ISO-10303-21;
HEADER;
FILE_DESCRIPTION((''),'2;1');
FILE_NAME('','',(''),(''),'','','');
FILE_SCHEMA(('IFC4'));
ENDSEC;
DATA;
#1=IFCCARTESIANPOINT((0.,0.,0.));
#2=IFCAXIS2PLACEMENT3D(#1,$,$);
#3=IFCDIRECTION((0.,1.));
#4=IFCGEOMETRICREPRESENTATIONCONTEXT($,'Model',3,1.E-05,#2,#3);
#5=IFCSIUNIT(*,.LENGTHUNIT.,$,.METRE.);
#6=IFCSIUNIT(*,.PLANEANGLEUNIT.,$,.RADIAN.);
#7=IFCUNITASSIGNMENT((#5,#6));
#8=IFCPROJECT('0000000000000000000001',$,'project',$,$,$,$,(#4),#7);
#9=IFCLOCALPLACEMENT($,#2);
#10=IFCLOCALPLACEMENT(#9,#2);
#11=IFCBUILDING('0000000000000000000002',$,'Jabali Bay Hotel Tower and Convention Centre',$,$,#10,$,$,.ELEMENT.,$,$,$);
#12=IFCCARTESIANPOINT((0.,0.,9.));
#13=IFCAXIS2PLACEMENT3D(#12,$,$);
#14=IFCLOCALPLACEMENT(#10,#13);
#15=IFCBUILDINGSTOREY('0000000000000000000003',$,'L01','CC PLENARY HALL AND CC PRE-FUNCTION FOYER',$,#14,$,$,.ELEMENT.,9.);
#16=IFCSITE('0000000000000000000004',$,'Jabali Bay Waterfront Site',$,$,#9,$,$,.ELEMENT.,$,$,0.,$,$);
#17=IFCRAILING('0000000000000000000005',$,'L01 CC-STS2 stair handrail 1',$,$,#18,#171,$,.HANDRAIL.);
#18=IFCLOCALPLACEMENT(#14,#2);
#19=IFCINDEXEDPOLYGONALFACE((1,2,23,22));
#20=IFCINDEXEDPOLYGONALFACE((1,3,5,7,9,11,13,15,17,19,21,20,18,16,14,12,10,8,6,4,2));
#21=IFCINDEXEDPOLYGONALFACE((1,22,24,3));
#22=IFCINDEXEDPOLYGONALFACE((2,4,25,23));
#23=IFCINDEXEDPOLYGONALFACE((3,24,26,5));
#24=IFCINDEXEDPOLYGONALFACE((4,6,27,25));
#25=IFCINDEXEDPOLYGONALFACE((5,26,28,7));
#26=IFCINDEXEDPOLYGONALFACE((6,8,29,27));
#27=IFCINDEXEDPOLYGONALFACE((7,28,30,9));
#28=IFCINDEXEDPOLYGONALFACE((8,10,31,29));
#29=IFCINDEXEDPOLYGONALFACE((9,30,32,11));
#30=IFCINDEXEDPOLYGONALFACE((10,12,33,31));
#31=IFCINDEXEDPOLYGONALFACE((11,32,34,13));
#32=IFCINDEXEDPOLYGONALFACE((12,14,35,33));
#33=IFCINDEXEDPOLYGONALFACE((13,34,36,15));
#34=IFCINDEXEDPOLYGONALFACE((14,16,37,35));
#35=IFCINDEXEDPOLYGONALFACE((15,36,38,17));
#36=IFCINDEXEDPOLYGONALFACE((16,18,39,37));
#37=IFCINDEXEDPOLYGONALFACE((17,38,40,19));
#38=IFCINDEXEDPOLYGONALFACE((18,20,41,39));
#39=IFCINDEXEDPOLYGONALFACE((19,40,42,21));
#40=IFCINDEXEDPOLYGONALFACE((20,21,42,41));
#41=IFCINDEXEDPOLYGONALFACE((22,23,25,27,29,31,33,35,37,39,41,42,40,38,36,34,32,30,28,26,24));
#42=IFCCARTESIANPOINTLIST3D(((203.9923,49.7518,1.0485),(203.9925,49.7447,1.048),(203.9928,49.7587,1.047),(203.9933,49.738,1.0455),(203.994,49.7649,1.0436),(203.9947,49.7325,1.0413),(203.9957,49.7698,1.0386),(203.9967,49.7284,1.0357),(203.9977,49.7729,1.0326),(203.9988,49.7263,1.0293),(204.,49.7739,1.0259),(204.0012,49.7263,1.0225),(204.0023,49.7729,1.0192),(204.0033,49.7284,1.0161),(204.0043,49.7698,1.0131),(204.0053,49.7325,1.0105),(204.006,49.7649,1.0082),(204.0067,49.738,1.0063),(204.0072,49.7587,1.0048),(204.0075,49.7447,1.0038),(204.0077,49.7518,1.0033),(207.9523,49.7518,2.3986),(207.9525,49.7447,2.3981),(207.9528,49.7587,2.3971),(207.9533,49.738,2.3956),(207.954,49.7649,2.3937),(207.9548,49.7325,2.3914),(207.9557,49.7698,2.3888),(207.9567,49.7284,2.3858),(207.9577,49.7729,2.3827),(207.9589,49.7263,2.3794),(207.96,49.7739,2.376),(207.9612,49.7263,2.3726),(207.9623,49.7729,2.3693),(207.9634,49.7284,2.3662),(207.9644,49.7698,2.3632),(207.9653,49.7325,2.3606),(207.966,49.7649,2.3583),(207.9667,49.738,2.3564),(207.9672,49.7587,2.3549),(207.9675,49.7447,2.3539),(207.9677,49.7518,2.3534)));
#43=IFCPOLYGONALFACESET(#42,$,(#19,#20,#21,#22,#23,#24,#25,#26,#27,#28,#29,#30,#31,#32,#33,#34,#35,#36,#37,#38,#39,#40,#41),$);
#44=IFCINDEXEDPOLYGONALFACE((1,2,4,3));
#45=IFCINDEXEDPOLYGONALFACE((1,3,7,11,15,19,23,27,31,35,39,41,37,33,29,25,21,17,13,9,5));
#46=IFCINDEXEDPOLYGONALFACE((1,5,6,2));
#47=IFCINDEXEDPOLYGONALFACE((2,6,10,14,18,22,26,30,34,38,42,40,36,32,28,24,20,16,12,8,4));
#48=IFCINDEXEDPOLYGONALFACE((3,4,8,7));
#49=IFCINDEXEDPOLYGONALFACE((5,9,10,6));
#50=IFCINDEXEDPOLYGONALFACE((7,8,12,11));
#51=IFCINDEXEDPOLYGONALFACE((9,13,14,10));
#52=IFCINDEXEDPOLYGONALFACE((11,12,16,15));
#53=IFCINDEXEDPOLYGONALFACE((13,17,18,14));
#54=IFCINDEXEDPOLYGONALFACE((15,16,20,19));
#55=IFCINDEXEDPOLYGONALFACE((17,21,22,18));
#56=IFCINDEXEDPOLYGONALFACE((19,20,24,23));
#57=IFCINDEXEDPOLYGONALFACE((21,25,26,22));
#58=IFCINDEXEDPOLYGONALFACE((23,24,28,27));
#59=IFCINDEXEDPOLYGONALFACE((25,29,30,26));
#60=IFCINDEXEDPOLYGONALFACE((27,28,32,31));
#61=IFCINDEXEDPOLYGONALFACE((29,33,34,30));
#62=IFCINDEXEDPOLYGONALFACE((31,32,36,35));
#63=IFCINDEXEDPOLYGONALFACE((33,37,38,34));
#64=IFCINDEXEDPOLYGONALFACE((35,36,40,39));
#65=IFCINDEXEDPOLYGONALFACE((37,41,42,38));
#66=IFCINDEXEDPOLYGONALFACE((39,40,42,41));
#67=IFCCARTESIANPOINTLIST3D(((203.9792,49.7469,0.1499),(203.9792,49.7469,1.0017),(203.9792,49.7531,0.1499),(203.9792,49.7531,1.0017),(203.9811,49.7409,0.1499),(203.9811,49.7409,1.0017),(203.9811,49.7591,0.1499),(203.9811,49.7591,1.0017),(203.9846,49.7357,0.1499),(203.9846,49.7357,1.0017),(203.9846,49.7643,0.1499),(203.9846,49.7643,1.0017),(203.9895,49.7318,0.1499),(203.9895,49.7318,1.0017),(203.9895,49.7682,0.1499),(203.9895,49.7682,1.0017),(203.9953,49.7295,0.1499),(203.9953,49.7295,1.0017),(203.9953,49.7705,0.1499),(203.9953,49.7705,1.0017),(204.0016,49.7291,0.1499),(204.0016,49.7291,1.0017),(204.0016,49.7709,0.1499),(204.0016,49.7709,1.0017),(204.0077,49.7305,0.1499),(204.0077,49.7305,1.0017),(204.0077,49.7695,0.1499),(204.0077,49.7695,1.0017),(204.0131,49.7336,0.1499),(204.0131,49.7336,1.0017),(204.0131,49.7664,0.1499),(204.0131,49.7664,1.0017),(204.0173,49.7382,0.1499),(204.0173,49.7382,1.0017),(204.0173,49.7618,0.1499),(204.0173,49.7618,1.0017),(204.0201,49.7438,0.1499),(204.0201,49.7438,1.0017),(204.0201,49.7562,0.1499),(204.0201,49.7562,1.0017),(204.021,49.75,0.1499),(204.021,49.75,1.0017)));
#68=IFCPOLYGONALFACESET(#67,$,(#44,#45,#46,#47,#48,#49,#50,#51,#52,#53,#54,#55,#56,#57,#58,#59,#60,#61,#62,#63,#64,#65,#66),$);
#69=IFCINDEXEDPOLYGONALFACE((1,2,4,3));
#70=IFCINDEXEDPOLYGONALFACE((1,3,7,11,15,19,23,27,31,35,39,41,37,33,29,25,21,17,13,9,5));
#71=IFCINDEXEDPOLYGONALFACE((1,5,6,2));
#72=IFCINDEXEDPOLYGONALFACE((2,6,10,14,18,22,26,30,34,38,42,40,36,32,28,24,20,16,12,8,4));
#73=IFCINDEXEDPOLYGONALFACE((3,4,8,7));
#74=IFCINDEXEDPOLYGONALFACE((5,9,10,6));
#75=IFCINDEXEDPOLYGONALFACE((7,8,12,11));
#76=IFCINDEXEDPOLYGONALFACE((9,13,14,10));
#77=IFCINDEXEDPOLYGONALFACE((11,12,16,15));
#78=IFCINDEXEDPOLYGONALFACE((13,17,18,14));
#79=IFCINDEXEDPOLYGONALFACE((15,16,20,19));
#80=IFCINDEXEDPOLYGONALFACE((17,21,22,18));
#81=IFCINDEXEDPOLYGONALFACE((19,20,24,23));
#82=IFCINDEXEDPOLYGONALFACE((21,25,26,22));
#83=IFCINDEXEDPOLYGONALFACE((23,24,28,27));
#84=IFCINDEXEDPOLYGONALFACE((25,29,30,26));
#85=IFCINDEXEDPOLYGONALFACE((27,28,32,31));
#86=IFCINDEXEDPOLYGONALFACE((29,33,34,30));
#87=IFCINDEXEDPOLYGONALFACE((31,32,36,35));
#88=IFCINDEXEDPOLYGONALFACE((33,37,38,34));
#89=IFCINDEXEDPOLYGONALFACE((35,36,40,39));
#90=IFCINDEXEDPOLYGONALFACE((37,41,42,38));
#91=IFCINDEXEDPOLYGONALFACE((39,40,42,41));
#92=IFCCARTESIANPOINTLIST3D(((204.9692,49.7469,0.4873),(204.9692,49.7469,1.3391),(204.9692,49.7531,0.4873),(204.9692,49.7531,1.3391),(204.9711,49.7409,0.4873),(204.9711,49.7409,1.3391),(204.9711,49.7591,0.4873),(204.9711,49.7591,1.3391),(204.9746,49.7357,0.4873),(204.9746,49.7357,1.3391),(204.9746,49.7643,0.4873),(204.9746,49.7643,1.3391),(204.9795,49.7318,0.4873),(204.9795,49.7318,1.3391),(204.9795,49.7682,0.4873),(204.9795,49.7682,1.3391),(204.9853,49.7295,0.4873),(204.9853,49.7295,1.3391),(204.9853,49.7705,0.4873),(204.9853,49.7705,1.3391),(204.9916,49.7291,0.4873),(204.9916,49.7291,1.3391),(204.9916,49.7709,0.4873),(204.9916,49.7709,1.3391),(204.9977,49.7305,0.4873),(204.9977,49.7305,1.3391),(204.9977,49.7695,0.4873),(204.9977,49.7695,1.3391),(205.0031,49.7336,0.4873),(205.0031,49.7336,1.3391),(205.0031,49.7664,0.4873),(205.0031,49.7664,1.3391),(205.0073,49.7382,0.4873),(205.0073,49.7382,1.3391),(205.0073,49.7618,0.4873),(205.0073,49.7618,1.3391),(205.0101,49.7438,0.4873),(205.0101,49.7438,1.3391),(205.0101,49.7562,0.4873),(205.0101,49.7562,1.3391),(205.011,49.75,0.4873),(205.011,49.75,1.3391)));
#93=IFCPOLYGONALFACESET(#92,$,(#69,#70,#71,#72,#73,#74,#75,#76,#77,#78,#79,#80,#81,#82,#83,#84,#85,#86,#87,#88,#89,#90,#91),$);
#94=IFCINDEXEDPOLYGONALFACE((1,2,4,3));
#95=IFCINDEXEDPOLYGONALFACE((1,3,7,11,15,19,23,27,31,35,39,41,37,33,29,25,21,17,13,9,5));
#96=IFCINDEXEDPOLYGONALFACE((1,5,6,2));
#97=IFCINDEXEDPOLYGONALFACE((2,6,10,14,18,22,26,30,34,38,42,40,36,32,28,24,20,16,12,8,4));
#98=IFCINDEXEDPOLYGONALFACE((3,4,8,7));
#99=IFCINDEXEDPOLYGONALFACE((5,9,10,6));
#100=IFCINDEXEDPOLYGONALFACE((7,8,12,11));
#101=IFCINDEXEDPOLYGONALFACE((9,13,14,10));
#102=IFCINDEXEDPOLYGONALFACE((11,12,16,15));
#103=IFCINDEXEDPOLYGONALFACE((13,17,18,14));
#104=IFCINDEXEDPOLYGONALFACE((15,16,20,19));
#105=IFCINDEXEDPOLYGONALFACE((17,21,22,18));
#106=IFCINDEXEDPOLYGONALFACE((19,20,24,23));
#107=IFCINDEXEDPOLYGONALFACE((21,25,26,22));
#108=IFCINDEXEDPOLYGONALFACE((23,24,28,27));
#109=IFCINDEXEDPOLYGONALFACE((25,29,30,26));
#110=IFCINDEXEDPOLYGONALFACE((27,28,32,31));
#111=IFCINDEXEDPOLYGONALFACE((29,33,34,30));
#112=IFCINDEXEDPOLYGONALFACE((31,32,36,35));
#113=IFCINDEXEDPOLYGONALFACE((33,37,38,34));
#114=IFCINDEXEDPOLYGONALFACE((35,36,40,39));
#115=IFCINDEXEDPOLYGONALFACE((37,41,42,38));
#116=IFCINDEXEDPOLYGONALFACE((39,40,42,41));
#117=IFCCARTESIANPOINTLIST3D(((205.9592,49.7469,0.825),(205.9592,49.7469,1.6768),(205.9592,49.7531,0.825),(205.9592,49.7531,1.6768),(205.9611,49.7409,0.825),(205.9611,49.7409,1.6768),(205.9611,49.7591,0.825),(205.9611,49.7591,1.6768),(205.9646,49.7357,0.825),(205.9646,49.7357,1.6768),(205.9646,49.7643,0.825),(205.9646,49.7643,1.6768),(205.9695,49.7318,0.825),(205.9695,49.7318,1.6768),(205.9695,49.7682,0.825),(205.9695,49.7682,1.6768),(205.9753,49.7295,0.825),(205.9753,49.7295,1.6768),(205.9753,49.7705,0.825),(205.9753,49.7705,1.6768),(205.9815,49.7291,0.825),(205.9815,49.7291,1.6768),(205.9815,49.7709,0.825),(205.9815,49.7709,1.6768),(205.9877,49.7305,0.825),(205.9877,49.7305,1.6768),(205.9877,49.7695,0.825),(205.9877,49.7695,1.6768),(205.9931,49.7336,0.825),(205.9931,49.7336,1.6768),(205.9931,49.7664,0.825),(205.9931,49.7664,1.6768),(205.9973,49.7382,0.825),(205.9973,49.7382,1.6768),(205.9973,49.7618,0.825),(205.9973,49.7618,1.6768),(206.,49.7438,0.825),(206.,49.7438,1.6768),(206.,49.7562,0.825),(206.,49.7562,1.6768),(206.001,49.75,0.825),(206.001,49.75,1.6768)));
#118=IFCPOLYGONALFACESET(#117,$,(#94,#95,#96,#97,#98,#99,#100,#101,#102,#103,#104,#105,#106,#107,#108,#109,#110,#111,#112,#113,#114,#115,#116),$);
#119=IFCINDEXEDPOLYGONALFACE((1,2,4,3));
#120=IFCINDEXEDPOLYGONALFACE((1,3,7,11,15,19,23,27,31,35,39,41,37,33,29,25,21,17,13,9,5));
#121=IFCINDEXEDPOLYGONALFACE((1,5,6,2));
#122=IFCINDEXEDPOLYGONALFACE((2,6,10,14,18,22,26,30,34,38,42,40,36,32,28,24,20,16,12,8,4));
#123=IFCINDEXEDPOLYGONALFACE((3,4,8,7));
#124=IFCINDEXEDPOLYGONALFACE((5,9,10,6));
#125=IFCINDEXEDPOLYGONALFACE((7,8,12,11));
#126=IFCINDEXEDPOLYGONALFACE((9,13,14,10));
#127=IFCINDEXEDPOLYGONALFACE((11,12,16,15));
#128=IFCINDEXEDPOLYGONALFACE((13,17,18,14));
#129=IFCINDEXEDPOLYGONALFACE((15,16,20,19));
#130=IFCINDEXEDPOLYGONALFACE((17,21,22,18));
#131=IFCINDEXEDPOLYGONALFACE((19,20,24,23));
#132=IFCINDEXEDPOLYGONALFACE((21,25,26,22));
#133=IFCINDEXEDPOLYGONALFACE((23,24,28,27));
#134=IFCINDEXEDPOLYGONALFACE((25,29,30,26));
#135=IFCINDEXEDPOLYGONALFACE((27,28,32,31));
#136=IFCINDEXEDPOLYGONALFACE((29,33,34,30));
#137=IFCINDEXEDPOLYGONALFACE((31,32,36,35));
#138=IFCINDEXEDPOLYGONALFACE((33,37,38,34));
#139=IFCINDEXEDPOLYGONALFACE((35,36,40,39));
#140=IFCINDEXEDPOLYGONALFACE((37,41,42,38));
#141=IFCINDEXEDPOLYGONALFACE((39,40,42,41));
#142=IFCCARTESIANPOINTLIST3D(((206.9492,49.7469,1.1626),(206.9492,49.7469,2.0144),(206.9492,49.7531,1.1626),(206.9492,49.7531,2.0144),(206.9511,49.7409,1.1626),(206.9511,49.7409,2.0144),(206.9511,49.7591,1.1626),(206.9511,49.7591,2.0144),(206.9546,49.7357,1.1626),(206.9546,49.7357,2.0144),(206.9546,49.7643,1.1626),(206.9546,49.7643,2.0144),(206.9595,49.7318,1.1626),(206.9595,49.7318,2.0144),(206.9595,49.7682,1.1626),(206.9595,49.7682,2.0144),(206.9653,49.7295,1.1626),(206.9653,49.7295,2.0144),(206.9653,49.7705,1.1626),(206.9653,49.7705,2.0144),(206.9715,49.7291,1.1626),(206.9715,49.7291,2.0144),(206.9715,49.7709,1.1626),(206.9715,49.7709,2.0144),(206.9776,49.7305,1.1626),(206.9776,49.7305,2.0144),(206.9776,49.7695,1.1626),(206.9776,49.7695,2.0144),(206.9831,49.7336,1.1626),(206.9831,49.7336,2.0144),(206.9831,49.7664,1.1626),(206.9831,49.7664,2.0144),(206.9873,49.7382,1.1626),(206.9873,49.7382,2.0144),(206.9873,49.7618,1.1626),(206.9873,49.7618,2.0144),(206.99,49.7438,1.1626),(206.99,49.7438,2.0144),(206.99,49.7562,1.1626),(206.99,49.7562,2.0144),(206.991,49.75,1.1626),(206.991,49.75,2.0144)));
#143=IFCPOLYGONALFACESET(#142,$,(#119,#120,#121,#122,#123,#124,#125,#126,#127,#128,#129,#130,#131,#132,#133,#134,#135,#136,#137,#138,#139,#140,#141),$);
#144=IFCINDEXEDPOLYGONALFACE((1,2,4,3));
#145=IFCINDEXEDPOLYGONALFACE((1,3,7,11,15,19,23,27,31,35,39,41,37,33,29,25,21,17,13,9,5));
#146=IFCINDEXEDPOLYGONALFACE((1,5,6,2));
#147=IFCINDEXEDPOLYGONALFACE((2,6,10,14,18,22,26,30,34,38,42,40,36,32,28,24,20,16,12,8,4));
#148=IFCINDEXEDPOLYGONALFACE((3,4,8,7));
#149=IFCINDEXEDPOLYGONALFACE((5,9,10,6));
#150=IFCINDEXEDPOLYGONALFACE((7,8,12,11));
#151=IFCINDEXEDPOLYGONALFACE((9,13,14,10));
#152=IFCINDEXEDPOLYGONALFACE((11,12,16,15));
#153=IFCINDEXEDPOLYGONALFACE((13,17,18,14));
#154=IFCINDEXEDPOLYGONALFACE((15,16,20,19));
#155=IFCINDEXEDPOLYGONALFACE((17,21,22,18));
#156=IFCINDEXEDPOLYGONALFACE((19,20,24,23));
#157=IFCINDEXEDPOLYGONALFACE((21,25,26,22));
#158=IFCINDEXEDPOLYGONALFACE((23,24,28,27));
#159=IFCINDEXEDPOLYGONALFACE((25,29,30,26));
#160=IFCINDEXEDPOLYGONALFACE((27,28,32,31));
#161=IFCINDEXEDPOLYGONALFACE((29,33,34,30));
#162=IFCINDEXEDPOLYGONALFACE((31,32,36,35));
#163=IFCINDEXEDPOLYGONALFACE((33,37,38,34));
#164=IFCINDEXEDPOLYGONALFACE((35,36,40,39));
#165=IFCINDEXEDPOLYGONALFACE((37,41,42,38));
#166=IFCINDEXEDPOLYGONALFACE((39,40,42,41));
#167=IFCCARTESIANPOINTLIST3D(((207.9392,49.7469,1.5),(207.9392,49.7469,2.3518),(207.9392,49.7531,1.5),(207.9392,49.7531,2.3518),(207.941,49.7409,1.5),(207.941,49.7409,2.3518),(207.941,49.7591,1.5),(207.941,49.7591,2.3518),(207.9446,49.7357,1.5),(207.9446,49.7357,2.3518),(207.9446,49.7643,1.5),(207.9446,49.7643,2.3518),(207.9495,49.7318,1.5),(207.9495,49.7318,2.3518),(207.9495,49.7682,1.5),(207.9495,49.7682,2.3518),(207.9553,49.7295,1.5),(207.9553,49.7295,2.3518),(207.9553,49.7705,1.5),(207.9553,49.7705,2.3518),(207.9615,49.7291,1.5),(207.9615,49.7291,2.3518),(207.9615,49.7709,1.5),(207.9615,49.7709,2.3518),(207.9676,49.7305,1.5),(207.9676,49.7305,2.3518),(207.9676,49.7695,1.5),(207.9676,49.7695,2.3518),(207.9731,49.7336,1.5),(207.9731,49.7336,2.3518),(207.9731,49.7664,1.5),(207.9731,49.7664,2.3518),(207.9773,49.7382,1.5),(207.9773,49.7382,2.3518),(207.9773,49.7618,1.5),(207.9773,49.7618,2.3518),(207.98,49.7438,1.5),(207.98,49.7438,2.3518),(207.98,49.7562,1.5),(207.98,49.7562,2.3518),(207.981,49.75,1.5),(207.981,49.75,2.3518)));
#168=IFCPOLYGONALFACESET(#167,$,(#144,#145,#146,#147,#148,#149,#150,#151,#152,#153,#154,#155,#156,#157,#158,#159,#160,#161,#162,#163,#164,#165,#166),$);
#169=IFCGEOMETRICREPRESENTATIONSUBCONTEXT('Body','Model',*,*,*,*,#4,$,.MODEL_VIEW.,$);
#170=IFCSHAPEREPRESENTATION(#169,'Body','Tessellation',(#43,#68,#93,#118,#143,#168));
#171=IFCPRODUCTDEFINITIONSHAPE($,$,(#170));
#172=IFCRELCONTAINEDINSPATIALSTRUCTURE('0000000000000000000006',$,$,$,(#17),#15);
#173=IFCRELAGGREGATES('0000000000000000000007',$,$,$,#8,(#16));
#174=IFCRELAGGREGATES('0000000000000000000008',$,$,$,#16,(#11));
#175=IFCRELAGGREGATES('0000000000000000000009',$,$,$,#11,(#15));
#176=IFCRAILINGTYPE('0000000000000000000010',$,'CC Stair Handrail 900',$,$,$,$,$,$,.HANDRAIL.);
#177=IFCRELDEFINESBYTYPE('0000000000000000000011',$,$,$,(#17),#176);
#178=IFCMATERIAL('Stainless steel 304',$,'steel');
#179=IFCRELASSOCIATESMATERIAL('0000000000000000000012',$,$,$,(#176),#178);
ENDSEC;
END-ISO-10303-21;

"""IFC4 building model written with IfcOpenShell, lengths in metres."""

from ifc_helpers import new_model, si_unit, direction, frame, origin, origin_2d, place, context, subcontext, project, spatial, circle, extrude, material, type_object, element, save


model = new_model("IFC4")

# Units and contexts
model_context = context("Model", 3, precision=1e-05, world=origin(), true_north=direction((0.0, 1.0)))
body_context = subcontext(model_context, "Body", "Model", "MODEL_VIEW")
ifc_project = project(units=[si_unit("LENGTHUNIT", "METRE"), si_unit("PLANEANGLEUNIT", "RADIAN")], contexts=[model_context])

# Site, building, storey
site_placement = place(None, origin())
site = spatial("IfcSite", under=ifc_project, at=site_placement, Name="Jabali Bay Waterfront Site", CompositionType="ELEMENT", RefElevation=0.0)
building_placement = place(site_placement, origin())
building = spatial("IfcBuilding", under=site, at=building_placement, Name="Jabali Bay Hotel Tower and Convention Centre", CompositionType="ELEMENT")
storey_placement = place(building_placement, frame((0.0, 0.0, 9.0)))
storey = spatial("IfcBuildingStorey", under=building, at=storey_placement, Name="L01", Description="CC PLENARY HALL AND CC PRE-FUNCTION FOYER", CompositionType="ELEMENT", Elevation=9.0)

# Railing
ifc_material_1 = material(Name="Stainless steel 304", Category="steel")
railing_type_1 = type_object("IfcRailingType", Name="CC Stair Handrail 900", PredefinedType="HANDRAIL", material=ifc_material_1)
for number, where, name in (
    (1, (204.0, 49.75, 0.1499), "L01 CC-STS2 stair handrail 1"),
):
    element("IfcRailing", number, at=place(storey_placement, frame(where)), inside=storey, type_object=railing_type_1, Name=name, PredefinedType="HANDRAIL", context=body_context, shape_type="SweptSolid", body=[
        extrude(circle(Radius=0.0239, at=origin_2d()), frame((0.0, 0.0, 0.876), z_axis=(0.946502, 0.0, 0.322698), x_axis=(0.0, 1.0, 0.0)), (0.0, 0.0, 1.0), 4.1838),
        extrude(circle(Radius=0.021, at=origin_2d()), origin(), (0.0, 0.0, 1.0), 0.8518),
        extrude(circle(Radius=0.021, at=origin_2d()), frame((0.99, 0.0, 0.3374)), (0.0, 0.0, 1.0), 0.8518),
        extrude(circle(Radius=0.021, at=origin_2d()), frame((1.98, 0.0, 0.675)), (0.0, 0.0, 1.0), 0.8518),
        extrude(circle(Radius=0.021, at=origin_2d()), frame((2.97, 0.0, 1.0127)), (0.0, 0.0, 1.0), 0.8518),
        extrude(circle(Radius=0.021, at=origin_2d()), frame((3.96, 0.0, 1.3501)), (0.0, 0.0, 1.0), 0.8518),
    ])

save(model, "model.ifc")
